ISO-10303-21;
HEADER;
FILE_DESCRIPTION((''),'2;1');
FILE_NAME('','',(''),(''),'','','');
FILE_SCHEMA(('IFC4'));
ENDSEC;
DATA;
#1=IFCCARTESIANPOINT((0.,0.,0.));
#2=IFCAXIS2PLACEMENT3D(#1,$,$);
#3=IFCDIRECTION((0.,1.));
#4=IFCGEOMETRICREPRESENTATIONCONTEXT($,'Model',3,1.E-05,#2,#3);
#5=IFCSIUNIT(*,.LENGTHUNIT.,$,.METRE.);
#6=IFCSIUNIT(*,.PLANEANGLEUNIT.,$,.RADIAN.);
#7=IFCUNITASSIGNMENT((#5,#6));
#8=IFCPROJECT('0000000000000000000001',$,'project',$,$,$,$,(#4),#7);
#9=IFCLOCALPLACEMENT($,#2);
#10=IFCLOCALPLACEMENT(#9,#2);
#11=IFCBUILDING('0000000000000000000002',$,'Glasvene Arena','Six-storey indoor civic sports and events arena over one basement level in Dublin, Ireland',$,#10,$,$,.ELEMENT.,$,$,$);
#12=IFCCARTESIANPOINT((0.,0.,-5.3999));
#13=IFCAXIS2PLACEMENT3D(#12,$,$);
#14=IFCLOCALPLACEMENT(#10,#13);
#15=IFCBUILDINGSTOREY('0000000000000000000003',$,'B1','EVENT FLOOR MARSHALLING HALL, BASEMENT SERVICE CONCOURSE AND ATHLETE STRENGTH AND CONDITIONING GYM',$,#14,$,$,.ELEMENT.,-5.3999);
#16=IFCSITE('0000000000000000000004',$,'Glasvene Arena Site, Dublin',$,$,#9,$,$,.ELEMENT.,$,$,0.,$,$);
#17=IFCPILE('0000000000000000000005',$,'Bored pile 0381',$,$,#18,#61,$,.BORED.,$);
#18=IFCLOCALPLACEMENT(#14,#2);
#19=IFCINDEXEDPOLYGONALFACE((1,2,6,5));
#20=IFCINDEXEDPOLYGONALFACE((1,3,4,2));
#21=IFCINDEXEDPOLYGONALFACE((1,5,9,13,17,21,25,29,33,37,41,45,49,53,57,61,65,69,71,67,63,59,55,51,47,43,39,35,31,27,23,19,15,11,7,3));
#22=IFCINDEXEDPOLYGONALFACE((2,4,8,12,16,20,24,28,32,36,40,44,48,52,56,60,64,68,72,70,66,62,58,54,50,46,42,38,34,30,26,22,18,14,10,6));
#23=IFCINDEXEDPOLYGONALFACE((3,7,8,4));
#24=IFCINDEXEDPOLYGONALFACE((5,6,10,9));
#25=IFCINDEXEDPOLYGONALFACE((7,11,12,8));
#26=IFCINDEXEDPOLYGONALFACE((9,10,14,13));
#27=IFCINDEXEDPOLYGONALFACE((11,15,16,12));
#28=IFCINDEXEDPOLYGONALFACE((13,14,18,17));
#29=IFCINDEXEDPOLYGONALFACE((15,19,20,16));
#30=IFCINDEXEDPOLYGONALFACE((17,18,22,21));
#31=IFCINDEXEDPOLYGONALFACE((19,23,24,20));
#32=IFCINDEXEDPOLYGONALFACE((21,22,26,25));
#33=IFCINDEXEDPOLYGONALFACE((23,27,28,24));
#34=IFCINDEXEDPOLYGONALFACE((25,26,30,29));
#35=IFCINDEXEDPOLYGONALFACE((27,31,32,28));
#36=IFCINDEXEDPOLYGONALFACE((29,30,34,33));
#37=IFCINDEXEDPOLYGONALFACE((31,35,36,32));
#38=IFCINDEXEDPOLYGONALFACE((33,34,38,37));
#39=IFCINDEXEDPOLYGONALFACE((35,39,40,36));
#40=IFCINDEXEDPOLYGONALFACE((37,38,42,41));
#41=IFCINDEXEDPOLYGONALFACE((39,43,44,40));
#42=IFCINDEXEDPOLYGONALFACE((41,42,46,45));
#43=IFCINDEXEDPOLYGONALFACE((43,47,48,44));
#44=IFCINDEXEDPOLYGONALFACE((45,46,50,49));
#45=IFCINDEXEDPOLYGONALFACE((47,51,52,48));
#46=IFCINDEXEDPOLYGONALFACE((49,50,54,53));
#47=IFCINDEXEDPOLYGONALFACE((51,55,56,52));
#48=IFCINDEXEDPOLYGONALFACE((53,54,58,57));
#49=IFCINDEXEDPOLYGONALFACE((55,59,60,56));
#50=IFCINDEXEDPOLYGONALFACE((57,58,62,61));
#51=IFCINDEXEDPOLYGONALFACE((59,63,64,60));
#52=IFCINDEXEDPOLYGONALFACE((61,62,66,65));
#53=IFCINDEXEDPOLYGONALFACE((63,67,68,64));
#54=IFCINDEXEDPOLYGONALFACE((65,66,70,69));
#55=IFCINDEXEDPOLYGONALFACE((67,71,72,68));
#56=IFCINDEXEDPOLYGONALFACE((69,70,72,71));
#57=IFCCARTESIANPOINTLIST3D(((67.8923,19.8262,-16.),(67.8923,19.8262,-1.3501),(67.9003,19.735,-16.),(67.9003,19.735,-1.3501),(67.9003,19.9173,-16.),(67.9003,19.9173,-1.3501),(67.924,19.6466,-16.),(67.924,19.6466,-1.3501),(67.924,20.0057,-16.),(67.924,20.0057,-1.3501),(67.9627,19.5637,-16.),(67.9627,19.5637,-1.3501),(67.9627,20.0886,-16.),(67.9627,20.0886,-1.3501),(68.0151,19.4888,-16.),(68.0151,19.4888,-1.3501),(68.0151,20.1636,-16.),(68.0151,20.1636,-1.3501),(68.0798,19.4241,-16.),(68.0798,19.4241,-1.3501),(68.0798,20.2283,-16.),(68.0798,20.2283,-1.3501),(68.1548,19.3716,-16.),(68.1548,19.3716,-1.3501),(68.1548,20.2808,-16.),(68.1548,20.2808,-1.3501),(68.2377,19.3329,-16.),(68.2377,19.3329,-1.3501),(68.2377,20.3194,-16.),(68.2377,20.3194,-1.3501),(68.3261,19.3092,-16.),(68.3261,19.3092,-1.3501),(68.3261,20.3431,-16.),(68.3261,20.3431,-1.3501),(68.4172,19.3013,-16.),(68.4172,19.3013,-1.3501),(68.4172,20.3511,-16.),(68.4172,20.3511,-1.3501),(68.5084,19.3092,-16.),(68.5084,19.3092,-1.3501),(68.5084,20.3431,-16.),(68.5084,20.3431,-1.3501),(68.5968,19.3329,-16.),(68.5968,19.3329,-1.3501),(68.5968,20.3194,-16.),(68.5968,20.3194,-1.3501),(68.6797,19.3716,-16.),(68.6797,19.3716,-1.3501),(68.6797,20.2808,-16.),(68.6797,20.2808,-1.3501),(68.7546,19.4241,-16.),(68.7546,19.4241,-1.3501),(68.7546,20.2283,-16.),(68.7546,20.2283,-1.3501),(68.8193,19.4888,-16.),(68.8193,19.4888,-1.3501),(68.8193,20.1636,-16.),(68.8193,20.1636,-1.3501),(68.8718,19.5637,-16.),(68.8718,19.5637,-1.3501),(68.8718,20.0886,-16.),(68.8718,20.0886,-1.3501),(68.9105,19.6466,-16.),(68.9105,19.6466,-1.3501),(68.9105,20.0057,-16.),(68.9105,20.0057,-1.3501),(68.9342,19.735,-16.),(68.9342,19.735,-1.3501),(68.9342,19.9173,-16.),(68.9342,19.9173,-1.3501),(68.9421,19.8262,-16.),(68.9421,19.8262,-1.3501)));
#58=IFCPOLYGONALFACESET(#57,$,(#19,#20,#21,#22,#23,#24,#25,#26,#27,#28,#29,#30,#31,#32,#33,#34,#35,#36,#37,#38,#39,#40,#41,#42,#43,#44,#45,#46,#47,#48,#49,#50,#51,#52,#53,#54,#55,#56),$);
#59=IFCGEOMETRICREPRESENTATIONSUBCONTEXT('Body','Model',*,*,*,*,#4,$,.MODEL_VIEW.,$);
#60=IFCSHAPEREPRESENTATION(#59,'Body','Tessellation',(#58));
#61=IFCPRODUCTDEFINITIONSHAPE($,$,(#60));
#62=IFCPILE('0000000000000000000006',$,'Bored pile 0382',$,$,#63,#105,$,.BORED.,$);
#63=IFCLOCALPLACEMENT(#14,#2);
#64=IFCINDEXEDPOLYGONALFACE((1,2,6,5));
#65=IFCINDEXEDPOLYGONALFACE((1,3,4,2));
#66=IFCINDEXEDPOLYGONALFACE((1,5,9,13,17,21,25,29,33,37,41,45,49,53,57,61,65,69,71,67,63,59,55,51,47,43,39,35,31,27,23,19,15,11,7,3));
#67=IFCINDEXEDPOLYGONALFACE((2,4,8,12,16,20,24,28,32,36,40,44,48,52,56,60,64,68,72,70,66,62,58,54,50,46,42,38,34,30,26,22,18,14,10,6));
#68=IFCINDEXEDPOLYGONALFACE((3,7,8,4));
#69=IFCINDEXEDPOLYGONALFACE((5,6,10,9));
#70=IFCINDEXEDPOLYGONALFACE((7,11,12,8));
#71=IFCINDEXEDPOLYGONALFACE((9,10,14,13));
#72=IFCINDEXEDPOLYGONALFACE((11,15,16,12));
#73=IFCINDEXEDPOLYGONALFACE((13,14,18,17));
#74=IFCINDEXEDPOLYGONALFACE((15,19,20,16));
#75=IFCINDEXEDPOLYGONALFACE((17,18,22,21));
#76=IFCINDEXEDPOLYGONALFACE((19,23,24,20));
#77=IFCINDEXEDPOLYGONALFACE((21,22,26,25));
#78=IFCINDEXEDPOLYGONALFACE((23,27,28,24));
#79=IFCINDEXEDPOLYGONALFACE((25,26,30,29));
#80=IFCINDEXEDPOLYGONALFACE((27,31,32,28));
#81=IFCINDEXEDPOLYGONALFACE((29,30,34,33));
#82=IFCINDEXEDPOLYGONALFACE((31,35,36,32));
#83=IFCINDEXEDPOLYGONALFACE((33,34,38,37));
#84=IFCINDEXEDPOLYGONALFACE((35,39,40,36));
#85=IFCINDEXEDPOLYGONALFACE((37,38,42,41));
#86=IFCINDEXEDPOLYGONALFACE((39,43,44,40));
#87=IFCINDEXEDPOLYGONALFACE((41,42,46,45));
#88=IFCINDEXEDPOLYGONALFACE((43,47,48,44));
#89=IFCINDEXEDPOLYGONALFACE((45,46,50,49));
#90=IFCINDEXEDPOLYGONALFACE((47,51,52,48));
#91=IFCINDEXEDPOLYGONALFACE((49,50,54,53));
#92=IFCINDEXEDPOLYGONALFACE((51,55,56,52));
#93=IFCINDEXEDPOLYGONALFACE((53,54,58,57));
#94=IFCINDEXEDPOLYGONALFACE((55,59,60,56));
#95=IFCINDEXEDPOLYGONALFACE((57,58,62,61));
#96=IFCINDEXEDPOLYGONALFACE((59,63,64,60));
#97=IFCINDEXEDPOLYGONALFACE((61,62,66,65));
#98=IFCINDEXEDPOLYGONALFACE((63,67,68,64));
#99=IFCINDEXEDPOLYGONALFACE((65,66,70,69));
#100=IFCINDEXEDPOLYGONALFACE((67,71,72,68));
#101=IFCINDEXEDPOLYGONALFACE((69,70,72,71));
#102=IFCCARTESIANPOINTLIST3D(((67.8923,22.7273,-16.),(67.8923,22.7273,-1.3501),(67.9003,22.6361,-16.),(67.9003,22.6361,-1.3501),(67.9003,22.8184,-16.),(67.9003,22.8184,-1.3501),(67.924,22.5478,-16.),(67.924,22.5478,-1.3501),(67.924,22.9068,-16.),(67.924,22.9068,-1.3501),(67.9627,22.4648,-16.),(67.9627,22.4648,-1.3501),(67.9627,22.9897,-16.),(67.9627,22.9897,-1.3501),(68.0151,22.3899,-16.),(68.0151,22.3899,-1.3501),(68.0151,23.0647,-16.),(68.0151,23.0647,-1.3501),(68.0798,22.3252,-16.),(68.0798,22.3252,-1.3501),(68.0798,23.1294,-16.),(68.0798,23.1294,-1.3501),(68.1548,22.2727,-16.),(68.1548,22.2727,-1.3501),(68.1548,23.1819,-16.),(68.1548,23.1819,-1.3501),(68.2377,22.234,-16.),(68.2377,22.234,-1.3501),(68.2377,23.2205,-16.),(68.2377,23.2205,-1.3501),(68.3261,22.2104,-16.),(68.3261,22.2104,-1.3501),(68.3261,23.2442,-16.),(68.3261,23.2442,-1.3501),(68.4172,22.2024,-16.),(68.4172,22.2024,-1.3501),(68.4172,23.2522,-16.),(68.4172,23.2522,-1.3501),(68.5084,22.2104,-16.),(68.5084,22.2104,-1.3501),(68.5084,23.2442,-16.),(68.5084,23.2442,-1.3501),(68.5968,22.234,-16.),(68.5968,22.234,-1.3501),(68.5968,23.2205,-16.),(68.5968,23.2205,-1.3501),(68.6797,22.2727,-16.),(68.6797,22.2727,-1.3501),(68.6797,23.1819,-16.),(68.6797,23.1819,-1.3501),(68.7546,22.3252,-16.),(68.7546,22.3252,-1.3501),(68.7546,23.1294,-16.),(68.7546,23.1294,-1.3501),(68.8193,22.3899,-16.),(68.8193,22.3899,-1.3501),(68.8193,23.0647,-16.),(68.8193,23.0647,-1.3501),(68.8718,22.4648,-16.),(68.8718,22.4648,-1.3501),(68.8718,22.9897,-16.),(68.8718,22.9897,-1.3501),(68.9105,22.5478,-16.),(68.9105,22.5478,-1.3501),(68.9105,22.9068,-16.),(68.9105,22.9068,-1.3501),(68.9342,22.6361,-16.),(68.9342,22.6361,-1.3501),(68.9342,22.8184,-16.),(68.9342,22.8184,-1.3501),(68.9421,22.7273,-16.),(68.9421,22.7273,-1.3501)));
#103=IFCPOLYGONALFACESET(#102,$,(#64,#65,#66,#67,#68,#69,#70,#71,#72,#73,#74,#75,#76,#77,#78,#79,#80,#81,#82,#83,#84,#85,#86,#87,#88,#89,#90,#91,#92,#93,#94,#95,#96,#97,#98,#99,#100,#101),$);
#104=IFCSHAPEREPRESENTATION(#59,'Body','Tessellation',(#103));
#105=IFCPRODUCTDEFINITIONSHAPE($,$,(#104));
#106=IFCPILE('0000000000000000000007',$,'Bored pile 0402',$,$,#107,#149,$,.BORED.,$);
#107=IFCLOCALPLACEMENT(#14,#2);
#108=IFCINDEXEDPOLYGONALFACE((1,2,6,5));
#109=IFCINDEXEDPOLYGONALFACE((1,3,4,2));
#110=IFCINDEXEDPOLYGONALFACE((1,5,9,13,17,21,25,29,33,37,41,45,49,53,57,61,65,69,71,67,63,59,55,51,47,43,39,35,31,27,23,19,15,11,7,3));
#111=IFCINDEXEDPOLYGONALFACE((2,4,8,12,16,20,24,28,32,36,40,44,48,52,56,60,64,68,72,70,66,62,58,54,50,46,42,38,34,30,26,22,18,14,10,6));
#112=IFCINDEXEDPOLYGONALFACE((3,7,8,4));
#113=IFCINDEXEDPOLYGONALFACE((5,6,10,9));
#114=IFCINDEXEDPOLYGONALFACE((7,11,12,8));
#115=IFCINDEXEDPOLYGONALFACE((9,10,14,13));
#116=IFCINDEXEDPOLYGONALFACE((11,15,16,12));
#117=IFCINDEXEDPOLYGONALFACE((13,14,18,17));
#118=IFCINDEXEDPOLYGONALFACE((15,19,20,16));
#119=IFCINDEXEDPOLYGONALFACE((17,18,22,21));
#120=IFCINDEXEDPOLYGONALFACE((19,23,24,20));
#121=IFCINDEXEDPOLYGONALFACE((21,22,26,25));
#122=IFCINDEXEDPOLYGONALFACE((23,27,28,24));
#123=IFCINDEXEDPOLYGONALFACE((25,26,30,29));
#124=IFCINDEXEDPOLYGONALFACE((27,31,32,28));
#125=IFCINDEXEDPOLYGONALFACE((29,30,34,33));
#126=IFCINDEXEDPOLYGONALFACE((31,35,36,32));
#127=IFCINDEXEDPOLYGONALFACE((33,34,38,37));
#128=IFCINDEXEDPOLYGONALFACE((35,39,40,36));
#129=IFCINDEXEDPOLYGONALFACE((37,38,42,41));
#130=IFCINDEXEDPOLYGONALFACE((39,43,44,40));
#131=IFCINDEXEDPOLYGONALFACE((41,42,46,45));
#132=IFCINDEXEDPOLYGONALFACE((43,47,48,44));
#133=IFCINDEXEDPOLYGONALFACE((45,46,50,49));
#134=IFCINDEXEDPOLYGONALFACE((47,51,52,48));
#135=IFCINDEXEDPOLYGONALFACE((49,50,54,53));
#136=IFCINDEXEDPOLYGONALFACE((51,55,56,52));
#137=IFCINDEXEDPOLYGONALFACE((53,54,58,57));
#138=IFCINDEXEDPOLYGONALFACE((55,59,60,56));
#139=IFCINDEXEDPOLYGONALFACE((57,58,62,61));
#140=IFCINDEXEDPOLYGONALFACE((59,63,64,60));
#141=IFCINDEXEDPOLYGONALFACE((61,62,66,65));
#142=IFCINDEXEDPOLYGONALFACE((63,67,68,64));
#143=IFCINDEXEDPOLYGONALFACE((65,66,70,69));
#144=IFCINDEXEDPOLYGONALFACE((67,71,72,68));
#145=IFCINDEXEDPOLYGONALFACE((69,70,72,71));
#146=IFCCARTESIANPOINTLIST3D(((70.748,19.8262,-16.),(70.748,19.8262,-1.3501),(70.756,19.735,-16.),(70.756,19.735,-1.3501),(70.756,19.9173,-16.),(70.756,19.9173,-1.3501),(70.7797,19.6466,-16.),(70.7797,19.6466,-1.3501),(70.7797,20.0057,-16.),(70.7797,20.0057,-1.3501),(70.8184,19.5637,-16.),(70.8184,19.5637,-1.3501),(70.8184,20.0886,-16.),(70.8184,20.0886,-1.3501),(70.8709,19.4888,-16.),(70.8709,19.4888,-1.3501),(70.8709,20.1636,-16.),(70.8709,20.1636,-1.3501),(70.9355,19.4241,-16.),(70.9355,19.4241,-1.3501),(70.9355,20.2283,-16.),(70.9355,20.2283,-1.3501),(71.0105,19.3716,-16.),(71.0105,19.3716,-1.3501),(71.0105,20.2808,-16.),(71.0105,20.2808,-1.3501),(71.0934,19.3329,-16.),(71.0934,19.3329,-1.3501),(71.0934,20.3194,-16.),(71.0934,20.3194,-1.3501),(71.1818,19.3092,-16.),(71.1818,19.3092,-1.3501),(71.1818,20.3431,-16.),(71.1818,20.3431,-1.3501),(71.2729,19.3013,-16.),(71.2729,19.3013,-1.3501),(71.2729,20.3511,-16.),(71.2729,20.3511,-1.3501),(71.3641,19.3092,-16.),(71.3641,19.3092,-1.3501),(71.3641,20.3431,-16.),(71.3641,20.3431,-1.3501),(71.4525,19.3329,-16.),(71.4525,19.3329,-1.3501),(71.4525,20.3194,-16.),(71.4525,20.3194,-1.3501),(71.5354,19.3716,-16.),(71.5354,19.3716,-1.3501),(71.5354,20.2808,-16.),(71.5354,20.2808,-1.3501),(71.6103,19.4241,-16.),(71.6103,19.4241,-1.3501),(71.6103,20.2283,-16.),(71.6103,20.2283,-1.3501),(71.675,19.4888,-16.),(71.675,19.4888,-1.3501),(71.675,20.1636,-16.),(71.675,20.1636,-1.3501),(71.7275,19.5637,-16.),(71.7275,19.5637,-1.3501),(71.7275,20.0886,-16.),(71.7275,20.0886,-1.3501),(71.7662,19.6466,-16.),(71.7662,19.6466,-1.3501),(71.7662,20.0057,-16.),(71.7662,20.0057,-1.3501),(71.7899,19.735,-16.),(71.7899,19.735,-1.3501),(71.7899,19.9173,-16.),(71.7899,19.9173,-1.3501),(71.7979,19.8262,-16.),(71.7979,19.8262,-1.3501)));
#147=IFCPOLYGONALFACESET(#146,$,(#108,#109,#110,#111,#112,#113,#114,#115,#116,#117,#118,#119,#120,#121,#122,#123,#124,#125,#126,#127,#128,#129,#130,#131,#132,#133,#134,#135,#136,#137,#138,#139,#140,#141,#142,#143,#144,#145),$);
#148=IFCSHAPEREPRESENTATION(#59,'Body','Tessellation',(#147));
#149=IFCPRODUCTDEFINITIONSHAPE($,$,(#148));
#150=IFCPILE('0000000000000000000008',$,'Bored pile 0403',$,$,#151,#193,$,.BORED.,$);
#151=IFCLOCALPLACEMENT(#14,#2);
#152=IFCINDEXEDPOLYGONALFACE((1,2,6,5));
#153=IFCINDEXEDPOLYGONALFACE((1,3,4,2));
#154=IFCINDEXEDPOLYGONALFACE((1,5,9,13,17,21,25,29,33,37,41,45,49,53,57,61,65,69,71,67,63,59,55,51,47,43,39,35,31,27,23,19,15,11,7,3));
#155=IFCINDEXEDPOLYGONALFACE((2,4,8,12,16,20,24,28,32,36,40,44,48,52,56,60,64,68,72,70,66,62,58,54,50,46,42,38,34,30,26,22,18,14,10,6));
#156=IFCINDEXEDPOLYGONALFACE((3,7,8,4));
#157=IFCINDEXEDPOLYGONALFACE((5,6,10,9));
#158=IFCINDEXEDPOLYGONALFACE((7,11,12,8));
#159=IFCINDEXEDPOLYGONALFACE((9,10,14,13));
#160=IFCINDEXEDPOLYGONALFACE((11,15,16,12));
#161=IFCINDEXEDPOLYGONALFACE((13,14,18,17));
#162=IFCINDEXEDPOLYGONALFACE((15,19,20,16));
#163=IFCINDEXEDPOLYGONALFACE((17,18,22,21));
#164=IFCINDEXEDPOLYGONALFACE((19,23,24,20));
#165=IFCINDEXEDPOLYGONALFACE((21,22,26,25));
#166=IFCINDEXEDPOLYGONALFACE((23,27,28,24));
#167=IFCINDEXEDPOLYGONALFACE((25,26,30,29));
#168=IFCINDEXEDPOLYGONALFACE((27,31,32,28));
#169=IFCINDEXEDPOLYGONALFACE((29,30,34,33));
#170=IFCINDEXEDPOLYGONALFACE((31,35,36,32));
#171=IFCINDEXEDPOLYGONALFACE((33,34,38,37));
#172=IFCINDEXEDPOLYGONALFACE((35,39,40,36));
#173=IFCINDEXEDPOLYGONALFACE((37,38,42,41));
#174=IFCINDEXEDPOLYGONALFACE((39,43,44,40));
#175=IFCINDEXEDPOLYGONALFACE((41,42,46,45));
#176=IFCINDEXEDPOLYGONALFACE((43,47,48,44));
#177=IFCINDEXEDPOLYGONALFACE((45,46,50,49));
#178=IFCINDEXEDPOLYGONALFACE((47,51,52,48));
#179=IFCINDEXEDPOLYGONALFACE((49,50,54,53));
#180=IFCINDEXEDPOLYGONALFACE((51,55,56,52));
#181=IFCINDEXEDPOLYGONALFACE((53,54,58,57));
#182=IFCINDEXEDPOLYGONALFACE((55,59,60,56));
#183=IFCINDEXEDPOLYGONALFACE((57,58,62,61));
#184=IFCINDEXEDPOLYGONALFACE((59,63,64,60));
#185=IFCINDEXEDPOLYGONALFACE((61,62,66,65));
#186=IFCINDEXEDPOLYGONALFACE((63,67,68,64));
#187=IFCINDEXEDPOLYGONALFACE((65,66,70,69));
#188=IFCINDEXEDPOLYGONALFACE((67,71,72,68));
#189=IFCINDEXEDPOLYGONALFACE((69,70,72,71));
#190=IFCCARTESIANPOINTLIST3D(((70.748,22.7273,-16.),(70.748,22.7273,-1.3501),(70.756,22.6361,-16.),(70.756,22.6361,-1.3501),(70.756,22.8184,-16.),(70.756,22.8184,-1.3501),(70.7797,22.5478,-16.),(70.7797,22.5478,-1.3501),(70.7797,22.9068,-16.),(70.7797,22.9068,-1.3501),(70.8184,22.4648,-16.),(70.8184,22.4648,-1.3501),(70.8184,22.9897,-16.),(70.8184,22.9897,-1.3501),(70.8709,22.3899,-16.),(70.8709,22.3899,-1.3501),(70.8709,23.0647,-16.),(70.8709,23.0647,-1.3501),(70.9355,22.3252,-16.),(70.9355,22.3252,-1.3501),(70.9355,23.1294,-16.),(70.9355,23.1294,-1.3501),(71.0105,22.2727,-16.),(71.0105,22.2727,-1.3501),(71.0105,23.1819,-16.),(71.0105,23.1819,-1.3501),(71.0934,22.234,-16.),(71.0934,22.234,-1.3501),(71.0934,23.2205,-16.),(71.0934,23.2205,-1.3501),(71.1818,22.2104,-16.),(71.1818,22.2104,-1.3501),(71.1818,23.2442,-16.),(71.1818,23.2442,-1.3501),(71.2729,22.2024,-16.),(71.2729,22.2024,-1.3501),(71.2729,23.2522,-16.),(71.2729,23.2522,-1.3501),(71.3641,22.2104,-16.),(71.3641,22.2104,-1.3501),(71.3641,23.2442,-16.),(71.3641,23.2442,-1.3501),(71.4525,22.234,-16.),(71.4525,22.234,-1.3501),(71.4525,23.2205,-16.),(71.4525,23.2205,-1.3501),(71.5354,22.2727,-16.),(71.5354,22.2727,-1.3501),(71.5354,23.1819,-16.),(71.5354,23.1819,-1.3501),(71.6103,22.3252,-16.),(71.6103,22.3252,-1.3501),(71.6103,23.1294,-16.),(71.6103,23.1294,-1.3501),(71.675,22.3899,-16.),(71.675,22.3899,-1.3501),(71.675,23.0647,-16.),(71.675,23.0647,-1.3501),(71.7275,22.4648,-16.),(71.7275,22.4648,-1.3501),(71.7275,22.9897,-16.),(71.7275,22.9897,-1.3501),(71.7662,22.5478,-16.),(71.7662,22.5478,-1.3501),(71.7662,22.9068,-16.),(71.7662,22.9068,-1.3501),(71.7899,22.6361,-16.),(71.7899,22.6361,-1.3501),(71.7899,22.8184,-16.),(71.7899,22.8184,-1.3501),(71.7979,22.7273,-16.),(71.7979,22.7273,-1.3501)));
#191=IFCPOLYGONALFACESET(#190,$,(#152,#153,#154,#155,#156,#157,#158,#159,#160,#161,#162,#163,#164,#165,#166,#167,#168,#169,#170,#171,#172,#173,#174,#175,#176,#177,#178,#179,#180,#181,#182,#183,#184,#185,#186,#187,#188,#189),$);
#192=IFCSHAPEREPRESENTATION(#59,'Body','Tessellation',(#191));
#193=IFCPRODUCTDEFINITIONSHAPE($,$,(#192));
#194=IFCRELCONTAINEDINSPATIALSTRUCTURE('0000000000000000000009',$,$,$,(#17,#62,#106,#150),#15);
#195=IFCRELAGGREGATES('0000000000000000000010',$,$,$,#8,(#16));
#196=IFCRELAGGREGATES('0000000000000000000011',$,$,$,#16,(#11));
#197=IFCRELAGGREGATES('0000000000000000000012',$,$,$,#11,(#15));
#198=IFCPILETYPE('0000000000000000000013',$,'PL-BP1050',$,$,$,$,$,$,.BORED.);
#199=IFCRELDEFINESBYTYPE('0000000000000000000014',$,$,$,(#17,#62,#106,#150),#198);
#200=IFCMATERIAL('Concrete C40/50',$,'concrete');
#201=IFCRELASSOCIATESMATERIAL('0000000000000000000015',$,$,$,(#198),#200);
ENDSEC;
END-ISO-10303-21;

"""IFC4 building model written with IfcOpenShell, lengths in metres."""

from ifc_helpers import new_model, si_unit, direction, frame, origin, origin_2d, place, context, subcontext, project, spatial, circle, extrude, material, material_profile, profile_set, type_object, element, save


model = new_model("IFC4")

# Units and contexts
model_context = context("Model", 3, precision=1e-05, world=origin(), true_north=direction((0.0, 1.0)))
body_context = subcontext(model_context, "Body", "Model", "MODEL_VIEW")
ifc_project = project(units=[si_unit("LENGTHUNIT", "METRE"), si_unit("PLANEANGLEUNIT", "RADIAN")], contexts=[model_context])

# Site, building, storey
site_placement = place(None, origin())
site = spatial("IfcSite", under=ifc_project, at=site_placement, Name="Glasvene Arena Site, Dublin", CompositionType="ELEMENT", RefElevation=0.0)
building_placement = place(site_placement, origin())
building = spatial("IfcBuilding", under=site, at=building_placement, Name="Glasvene Arena", Description="Six-storey indoor civic sports and events arena over one basement level in Dublin, Ireland", CompositionType="ELEMENT")
storey_placement = place(building_placement, frame((0.0, 0.0, -5.3999)))
storey = spatial("IfcBuildingStorey", under=building, at=storey_placement, Name="B1", Description="EVENT FLOOR MARSHALLING HALL, BASEMENT SERVICE CONCOURSE AND ATHLETE STRENGTH AND CONDITIONING GYM", CompositionType="ELEMENT", Elevation=-5.3999)

# Piles
ifc_material_1 = material(Name="Concrete C40/50", Category="concrete")
ifc_material_profile_1 = material_profile(ifc_material_1, circle(Radius=0.5249, at=origin_2d()), Name="BORED PILE 1050")
ifc_profile_set_1 = profile_set([ifc_material_profile_1], Name="Concrete C40/50")
pile_type = type_object("IfcPileType", Name="PL-BP1050", PredefinedType="BORED", material=ifc_profile_set_1)
for number, where, z_axis, x_axis, name in (
    (1, (68.4172, 19.8262, -1.3501), (0.0, 0.0, -1.0), (1.0, 0.0, 0.0), "Bored pile 0381"),
    (2, (68.4172, 22.7273, -1.3501), (0.0, 0.0, -1.0), (1.0, 0.0, 0.0), "Bored pile 0382"),
    (3, (71.2729, 19.8262, -1.3501), (0.0, 0.0, -1.0), (1.0, 0.0, 0.0), "Bored pile 0402"),
    (4, (71.2729, 22.7273, -1.3501), (0.0, 0.0, -1.0), (1.0, 0.0, 0.0), "Bored pile 0403"),
):
    element("IfcPile", number, at=place(storey_placement, frame(where, z_axis=z_axis, x_axis=x_axis)), inside=storey, type_object=pile_type, Name=name, PredefinedType="BORED", context=body_context, shape_type="SweptSolid", body=[
        extrude(circle(Radius=0.5249, at=origin_2d()), origin(), (0.0, 0.0, 1.0), 14.6499),
    ])

save(model, "model.ifc")
